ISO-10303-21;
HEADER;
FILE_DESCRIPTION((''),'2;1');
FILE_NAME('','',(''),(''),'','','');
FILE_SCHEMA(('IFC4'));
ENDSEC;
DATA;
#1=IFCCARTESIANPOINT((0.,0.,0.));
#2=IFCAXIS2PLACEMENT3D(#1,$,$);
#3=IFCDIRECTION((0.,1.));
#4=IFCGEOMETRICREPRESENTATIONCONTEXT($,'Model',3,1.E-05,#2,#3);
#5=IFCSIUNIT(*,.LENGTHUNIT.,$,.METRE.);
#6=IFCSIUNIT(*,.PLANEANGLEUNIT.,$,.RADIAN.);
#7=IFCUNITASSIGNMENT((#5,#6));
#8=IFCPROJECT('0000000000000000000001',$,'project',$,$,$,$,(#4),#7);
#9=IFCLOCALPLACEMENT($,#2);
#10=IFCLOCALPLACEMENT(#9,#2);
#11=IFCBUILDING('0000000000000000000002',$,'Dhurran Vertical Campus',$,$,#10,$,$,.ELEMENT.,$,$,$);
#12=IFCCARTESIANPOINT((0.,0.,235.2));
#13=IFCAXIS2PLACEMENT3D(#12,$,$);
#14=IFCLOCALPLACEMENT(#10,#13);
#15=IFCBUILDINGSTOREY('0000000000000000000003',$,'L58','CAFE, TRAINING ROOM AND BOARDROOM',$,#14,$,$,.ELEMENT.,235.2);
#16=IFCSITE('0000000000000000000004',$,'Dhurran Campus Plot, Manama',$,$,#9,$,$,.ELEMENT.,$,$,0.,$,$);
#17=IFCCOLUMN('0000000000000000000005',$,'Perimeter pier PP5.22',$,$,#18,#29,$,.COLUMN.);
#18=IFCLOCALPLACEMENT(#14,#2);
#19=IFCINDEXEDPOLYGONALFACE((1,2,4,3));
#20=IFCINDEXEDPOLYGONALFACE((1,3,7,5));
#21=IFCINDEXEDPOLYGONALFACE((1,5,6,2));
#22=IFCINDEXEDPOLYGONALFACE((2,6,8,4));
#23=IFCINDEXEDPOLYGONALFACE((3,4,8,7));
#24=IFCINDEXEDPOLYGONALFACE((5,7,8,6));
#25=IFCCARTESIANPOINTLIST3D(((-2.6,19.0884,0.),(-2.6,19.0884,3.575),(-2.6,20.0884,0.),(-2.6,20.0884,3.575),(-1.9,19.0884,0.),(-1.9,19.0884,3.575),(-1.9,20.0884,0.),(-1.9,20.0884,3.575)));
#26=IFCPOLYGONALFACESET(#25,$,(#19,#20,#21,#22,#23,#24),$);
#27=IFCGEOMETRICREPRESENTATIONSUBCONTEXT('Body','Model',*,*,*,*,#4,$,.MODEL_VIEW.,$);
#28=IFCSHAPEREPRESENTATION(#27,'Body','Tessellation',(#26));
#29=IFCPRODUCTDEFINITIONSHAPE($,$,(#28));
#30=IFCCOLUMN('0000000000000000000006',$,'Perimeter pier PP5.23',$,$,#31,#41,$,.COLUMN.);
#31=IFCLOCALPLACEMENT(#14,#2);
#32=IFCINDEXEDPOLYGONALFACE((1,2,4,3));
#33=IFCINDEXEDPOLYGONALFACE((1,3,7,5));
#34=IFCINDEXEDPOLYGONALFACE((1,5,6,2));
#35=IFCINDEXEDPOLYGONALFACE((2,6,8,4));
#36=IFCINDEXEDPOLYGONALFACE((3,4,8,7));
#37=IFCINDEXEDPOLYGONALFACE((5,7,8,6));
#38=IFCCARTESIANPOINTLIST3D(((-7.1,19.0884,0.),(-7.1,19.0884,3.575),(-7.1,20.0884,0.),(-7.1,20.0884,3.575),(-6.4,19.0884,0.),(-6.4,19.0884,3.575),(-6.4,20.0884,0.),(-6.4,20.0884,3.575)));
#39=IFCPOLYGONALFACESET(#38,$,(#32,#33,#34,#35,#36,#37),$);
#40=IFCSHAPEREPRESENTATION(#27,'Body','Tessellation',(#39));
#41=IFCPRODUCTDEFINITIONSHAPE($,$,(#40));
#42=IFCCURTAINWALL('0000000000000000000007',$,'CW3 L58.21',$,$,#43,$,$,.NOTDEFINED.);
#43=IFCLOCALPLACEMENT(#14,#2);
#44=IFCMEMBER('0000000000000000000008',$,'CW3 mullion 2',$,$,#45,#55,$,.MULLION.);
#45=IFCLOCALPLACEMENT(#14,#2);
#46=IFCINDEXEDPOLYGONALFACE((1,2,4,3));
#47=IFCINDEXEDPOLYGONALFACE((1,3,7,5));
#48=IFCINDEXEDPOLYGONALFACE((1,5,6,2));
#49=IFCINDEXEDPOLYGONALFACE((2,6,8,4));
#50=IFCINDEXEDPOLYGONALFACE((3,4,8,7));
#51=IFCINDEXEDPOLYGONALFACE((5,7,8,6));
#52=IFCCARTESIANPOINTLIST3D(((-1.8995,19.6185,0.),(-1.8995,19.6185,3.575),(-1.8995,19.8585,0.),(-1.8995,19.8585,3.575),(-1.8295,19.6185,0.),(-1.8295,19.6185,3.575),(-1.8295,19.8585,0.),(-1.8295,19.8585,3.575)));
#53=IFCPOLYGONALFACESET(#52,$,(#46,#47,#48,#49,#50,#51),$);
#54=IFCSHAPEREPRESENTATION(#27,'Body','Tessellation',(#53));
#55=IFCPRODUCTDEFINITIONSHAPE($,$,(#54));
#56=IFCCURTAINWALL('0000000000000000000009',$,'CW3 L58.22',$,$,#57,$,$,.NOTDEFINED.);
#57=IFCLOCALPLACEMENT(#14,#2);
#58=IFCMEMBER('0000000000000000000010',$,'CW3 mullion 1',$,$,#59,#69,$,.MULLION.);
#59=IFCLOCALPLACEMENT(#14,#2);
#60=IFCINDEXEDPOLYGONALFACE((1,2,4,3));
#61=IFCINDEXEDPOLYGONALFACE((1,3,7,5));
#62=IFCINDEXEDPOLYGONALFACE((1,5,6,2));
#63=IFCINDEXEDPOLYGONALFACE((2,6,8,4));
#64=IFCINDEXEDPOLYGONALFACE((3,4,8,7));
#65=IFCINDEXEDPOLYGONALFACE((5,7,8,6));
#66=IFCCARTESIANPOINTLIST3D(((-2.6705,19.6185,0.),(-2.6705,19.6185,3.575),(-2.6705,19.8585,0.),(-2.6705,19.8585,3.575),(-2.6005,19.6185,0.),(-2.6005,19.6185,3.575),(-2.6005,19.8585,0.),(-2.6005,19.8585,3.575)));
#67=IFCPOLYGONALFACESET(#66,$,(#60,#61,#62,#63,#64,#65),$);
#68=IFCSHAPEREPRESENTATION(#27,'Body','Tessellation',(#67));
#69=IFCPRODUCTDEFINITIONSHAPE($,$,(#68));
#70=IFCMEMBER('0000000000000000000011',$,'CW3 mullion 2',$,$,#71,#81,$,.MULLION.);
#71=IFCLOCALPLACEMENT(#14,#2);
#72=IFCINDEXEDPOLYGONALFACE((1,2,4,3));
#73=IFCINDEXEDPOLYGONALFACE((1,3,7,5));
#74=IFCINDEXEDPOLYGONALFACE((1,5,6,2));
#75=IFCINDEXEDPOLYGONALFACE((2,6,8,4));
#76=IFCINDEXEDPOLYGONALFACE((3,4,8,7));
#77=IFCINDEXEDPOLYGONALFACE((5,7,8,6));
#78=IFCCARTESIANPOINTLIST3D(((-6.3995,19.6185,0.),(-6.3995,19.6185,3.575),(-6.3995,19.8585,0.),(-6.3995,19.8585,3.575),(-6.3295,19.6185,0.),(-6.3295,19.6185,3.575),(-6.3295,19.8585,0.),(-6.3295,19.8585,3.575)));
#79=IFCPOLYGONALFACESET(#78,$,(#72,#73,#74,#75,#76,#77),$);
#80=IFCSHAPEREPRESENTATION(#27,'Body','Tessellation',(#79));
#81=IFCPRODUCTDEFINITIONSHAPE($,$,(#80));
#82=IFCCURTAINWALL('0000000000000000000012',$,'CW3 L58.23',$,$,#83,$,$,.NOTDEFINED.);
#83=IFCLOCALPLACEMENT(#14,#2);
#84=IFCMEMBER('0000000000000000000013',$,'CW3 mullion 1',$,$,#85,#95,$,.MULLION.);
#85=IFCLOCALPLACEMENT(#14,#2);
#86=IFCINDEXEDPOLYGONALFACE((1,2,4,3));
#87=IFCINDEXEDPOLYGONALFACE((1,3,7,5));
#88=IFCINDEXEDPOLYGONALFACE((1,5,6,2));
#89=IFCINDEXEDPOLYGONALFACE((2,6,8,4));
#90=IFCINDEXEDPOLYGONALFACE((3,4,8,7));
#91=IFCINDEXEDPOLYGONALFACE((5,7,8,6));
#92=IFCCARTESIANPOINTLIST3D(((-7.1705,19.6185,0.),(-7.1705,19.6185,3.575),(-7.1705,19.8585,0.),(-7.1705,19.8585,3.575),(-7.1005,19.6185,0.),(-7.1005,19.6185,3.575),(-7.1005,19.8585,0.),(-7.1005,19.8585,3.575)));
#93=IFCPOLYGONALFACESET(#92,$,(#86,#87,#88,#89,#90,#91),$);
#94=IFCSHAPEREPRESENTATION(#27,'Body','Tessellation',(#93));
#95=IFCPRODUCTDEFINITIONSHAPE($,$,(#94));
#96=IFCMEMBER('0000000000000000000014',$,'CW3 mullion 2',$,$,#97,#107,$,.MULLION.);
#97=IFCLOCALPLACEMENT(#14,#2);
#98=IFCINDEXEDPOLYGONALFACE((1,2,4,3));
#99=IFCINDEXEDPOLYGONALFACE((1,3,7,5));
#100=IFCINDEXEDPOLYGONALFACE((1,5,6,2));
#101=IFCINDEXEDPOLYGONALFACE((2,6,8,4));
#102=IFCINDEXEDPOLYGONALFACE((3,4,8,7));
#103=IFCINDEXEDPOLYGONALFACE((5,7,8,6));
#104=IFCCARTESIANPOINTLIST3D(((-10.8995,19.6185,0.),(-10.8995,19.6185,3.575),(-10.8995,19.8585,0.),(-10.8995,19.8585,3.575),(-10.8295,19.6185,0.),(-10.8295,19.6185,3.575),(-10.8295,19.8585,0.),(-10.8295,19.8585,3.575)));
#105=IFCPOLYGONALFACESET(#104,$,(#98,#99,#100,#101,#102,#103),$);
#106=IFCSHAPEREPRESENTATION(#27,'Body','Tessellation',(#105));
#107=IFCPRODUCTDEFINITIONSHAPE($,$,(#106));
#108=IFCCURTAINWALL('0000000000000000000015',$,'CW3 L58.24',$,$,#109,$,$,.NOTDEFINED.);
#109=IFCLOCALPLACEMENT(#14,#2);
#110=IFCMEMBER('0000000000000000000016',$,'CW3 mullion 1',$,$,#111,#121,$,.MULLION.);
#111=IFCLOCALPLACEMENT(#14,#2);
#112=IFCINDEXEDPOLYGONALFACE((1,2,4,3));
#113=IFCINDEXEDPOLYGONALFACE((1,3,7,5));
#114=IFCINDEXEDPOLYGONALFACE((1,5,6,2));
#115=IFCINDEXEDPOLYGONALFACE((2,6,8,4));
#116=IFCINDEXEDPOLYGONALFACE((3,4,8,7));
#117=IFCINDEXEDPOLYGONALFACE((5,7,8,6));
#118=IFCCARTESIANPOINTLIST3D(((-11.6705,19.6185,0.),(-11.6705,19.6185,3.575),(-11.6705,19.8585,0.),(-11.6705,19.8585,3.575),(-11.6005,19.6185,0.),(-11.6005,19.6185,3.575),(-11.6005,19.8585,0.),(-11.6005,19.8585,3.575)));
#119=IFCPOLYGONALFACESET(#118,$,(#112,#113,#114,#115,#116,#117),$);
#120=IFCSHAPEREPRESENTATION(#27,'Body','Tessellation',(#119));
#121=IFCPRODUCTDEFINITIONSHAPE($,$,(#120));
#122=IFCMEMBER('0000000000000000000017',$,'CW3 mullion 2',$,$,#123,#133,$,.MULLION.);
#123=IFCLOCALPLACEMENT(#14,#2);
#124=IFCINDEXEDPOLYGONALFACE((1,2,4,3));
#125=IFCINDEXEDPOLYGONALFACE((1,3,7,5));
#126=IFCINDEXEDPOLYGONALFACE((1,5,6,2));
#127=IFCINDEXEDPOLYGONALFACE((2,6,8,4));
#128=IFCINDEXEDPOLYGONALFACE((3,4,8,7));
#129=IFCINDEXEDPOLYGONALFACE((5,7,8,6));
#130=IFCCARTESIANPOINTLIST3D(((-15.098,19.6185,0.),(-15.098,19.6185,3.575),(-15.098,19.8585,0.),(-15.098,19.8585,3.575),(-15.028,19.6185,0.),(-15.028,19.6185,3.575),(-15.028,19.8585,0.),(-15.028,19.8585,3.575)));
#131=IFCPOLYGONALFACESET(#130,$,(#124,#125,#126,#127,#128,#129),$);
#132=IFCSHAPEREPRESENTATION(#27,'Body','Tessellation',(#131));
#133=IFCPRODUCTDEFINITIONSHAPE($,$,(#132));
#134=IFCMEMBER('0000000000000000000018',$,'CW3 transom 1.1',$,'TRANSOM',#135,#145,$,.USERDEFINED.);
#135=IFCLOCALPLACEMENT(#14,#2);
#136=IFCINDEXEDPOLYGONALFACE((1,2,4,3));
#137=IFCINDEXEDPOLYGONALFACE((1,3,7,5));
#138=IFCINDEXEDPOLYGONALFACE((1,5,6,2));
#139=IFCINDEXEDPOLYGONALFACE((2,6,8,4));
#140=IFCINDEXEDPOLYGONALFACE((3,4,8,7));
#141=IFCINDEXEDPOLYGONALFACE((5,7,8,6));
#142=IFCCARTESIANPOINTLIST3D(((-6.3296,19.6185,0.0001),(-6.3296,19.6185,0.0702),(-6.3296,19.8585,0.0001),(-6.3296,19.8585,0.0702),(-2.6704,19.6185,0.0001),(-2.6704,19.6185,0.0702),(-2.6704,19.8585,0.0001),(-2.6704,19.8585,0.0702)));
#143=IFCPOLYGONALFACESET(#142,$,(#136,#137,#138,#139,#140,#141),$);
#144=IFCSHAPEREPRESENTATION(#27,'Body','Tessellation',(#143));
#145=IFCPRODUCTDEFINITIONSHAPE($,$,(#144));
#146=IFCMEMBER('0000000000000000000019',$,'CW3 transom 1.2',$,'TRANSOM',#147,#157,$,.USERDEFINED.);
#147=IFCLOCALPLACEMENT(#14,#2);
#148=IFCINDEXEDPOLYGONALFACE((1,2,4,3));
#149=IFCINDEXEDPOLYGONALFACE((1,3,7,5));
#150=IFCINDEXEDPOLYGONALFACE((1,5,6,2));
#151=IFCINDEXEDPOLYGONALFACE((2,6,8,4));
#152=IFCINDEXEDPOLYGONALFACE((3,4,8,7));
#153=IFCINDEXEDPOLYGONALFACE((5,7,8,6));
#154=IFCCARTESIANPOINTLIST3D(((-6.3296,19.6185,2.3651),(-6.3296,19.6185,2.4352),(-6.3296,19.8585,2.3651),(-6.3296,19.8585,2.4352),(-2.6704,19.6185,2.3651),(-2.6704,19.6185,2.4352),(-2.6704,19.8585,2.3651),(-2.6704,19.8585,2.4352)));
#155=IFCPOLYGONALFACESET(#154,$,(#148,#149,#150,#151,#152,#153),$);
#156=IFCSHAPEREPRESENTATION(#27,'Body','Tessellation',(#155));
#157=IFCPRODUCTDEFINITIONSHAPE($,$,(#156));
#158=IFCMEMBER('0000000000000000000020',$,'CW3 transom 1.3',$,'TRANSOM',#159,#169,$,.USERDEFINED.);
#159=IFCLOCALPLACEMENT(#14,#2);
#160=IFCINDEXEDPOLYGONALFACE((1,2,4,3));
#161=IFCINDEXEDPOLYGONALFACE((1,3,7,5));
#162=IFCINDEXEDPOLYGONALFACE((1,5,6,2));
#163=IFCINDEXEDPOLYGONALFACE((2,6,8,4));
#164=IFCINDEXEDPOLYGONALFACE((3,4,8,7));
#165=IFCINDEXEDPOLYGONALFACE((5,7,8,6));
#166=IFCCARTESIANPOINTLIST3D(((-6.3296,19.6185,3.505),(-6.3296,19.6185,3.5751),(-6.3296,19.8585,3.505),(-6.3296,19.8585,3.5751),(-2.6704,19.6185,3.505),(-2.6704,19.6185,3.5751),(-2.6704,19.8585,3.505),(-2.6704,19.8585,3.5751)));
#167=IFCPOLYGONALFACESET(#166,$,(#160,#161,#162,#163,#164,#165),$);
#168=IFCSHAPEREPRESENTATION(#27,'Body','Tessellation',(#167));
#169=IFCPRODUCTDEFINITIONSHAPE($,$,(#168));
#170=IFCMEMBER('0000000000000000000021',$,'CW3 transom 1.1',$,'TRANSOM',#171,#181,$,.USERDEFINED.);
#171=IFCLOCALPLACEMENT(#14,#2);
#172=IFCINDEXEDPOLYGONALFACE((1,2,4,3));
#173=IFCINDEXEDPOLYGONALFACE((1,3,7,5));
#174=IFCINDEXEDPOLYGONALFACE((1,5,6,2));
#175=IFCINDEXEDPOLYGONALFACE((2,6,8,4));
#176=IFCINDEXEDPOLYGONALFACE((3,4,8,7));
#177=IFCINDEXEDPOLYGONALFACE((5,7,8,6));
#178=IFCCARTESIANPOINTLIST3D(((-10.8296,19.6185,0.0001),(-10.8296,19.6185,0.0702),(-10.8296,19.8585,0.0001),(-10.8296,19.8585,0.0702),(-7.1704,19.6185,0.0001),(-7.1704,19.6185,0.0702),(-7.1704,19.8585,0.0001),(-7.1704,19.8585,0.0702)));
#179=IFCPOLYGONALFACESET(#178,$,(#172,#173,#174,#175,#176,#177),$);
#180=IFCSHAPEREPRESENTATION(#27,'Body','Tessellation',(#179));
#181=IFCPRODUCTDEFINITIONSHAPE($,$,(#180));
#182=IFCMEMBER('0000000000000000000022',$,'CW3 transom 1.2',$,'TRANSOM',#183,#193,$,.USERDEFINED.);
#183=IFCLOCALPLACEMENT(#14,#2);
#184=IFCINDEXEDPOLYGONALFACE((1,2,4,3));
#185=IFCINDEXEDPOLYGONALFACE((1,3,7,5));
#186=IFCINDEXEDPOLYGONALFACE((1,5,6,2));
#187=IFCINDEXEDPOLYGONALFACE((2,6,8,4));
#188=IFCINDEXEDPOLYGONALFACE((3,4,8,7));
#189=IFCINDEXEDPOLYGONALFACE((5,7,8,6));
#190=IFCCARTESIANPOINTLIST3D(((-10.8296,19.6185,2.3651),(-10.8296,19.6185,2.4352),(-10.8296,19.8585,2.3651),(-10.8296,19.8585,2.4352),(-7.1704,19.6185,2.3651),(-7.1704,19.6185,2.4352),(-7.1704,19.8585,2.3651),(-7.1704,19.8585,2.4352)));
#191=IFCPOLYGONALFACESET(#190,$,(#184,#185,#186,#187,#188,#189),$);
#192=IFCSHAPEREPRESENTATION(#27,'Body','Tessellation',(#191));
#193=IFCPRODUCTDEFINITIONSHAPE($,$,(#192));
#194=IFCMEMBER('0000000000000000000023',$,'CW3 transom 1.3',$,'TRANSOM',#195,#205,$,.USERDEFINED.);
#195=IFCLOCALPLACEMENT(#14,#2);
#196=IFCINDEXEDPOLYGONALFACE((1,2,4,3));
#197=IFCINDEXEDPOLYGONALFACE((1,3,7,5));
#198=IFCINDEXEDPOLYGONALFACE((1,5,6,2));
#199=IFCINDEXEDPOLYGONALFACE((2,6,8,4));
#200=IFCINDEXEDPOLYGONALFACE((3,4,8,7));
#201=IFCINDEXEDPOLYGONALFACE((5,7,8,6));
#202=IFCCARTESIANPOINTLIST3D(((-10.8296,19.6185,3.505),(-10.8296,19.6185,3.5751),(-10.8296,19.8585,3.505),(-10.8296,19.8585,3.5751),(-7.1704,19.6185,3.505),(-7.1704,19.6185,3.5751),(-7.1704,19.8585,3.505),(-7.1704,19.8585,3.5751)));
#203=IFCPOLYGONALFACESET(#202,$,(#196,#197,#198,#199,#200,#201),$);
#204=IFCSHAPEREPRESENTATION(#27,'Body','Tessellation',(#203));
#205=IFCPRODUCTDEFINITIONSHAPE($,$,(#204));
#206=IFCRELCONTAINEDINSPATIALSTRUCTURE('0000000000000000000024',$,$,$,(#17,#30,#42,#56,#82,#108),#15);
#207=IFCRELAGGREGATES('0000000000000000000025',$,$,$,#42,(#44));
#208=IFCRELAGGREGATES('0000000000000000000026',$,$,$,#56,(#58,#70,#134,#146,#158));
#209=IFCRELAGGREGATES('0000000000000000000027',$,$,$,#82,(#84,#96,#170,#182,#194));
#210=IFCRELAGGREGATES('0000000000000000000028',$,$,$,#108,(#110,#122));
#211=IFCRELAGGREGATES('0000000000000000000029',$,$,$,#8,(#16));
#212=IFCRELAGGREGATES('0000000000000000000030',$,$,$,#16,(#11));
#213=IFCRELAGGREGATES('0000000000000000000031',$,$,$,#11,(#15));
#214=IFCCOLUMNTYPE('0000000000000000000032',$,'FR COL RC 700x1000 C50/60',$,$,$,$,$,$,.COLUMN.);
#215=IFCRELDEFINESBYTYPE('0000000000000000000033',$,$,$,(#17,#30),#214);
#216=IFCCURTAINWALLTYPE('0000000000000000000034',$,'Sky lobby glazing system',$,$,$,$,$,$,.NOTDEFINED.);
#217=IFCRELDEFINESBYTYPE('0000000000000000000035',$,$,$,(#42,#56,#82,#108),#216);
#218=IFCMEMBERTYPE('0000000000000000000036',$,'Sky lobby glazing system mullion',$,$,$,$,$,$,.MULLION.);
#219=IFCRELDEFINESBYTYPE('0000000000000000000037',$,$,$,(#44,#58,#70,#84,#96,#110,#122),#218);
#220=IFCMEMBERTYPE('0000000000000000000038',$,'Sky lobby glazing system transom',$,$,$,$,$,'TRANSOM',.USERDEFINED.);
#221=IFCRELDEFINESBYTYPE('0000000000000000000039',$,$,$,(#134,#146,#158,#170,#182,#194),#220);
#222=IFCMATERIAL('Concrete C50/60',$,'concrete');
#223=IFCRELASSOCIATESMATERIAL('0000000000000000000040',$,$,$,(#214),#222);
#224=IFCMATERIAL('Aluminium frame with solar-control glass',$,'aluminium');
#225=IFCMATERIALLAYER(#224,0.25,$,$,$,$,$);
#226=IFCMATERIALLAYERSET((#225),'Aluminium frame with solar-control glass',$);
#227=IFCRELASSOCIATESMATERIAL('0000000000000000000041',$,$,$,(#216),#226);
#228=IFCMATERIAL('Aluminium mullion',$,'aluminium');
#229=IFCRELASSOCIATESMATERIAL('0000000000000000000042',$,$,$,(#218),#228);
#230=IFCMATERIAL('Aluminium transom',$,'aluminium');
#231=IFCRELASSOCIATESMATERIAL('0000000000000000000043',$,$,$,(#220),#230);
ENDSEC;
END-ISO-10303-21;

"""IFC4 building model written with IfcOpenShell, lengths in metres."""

from ifc_helpers import new_model, si_unit, direction, frame, origin, origin_2d, place, context, subcontext, project, spatial, rectangle, extrude, material, layer, layer_set, material_profile, profile_set, type_object, element, aggregate, save


model = new_model("IFC4")

# Units and contexts
model_context = context("Model", 3, precision=1e-05, world=origin(), true_north=direction((0.0, 1.0)))
body_context = subcontext(model_context, "Body", "Model", "MODEL_VIEW")
ifc_project = project(units=[si_unit("LENGTHUNIT", "METRE"), si_unit("PLANEANGLEUNIT", "RADIAN")], contexts=[model_context])

# Site, building, storey
site_placement = place(None, origin())
site = spatial("IfcSite", under=ifc_project, at=site_placement, Name="Dhurran Campus Plot, Manama", CompositionType="ELEMENT", RefElevation=0.0)
building_placement = place(site_placement, origin())
building = spatial("IfcBuilding", under=site, at=building_placement, Name="Dhurran Vertical Campus", CompositionType="ELEMENT")
storey_placement = place(building_placement, frame((0.0, 0.0, 235.2)))
storey = spatial("IfcBuildingStorey", under=building, at=storey_placement, Name="L58", Description="CAFE, TRAINING ROOM AND BOARDROOM", CompositionType="ELEMENT", Elevation=235.2)

# Columns
ifc_material_1 = material(Name="Concrete C50/60", Category="concrete")
ifc_material_profile_1 = material_profile(ifc_material_1, rectangle(XDim=0.7, YDim=1.0, at=origin_2d()), Name="RC 700x1000")
ifc_profile_set_1 = profile_set([ifc_material_profile_1], Name="Concrete C50/60")
column_type = type_object("IfcColumnType", Name="FR COL RC 700x1000 C50/60", PredefinedType="COLUMN", material=ifc_profile_set_1)
for number, where, z_axis, x_axis, name in (
    (1, (-2.25, 19.5884, 0.0), (0.0, 0.0, 1.0), (-1.0, 0.0, 0.0), "Perimeter pier PP5.22"),
    (2, (-6.75, 19.5884, 0.0), (0.0, 0.0, 1.0), (-1.0, 0.0, 0.0), "Perimeter pier PP5.23"),
):
    element("IfcColumn", number, at=place(storey_placement, frame(where, z_axis=z_axis, x_axis=x_axis)), inside=storey, type_object=column_type, Name=name, PredefinedType="COLUMN", context=body_context, shape_type="SweptSolid", body=[
        extrude(rectangle(XDim=0.7, YDim=1.0, at=origin_2d()), origin(), (0.0, 0.0, 1.0), 3.575),
    ])

# Curtain wall, member
ifc_material_2 = material(Name="Aluminium frame with solar-control glass", Category="aluminium")
ifc_layer_1 = layer(ifc_material_2, 0.25)
ifc_layer_set_1 = layer_set([ifc_layer_1], Name="Aluminium frame with solar-control glass")
curtain_wall_type = type_object("IfcCurtainWallType", Name="Sky lobby glazing system", PredefinedType="NOTDEFINED", material=ifc_layer_set_1)
curtain_wall_1_placement = place(storey_placement, origin())
curtain_wall_1 = element("IfcCurtainWall", 3, at=curtain_wall_1_placement, inside=storey, type_object=curtain_wall_type, Name="CW3 L58.21", PredefinedType="NOTDEFINED")
ifc_material_3 = material(Name="Aluminium mullion", Category="aluminium")
ifc_material_profile_2 = material_profile(ifc_material_3, rectangle(XDim=0.24, YDim=0.0701, at=origin_2d()), Name="Sky lobby glazing system mullion")
ifc_profile_set_2 = profile_set([ifc_material_profile_2], Name="Aluminium mullion")
member_type_1 = type_object("IfcMemberType", Name="Sky lobby glazing system mullion", PredefinedType="MULLION", material=ifc_profile_set_2)
member_1_placement = place(storey_placement, frame((-1.8645, 19.7385, 0.0), z_axis=(0.0, 0.0, 1.0), x_axis=(0.0, -1.0, 0.0)))
member_1 = element("IfcMember", 4, at=member_1_placement, type_object=member_type_1, Name="CW3 mullion 2", PredefinedType="MULLION", context=body_context, shape_type="SweptSolid", body=[
    extrude(rectangle(XDim=0.24, YDim=0.0701, at=origin_2d()), origin(), (0.0, 0.0, 1.0), 3.575),
])

# Curtain walls, members
curtain_wall_2_placement = place(storey_placement, origin())
curtain_wall_2 = element("IfcCurtainWall", 5, at=curtain_wall_2_placement, inside=storey, type_object=curtain_wall_type, Name="CW3 L58.22", PredefinedType="NOTDEFINED")
member_2_placement = place(storey_placement, frame((-2.6355, 19.7385, 0.0), z_axis=(0.0, 0.0, 1.0), x_axis=(0.0, -1.0, 0.0)))
member_2 = element("IfcMember", 6, at=member_2_placement, type_object=member_type_1, Name="CW3 mullion 1", PredefinedType="MULLION", context=body_context, shape_type="SweptSolid", body=[
    extrude(rectangle(XDim=0.24, YDim=0.0701, at=origin_2d()), origin(), (0.0, 0.0, 1.0), 3.575),
])
member_3_placement = place(storey_placement, frame((-6.3645, 19.7385, 0.0), z_axis=(0.0, 0.0, 1.0), x_axis=(0.0, -1.0, 0.0)))
member_3 = element("IfcMember", 7, at=member_3_placement, type_object=member_type_1, Name="CW3 mullion 2", PredefinedType="MULLION", context=body_context, shape_type="SweptSolid", body=[
    extrude(rectangle(XDim=0.24, YDim=0.0701, at=origin_2d()), origin(), (0.0, 0.0, 1.0), 3.575),
])
curtain_wall_3_placement = place(storey_placement, origin())
curtain_wall_3 = element("IfcCurtainWall", 8, at=curtain_wall_3_placement, inside=storey, type_object=curtain_wall_type, Name="CW3 L58.23", PredefinedType="NOTDEFINED")
member_4_placement = place(storey_placement, frame((-7.1355, 19.7385, 0.0), z_axis=(0.0, 0.0, 1.0), x_axis=(0.0, -1.0, 0.0)))
member_4 = element("IfcMember", 9, at=member_4_placement, type_object=member_type_1, Name="CW3 mullion 1", PredefinedType="MULLION", context=body_context, shape_type="SweptSolid", body=[
    extrude(rectangle(XDim=0.24, YDim=0.0701, at=origin_2d()), origin(), (0.0, 0.0, 1.0), 3.575),
])
member_5_placement = place(storey_placement, frame((-10.8645, 19.7385, 0.0), z_axis=(0.0, 0.0, 1.0), x_axis=(0.0, -1.0, 0.0)))
member_5 = element("IfcMember", 10, at=member_5_placement, type_object=member_type_1, Name="CW3 mullion 2", PredefinedType="MULLION", context=body_context, shape_type="SweptSolid", body=[
    extrude(rectangle(XDim=0.24, YDim=0.0701, at=origin_2d()), origin(), (0.0, 0.0, 1.0), 3.575),
])
curtain_wall_4_placement = place(storey_placement, origin())
curtain_wall_4 = element("IfcCurtainWall", 11, at=curtain_wall_4_placement, inside=storey, type_object=curtain_wall_type, Name="CW3 L58.24", PredefinedType="NOTDEFINED")
member_6_placement = place(storey_placement, frame((-11.6355, 19.7385, 0.0), z_axis=(0.0, 0.0, 1.0), x_axis=(0.0, -1.0, 0.0)))
member_6 = element("IfcMember", 12, at=member_6_placement, type_object=member_type_1, Name="CW3 mullion 1", PredefinedType="MULLION", context=body_context, shape_type="SweptSolid", body=[
    extrude(rectangle(XDim=0.24, YDim=0.0701, at=origin_2d()), origin(), (0.0, 0.0, 1.0), 3.575),
])
member_7_placement = place(storey_placement, frame((-15.063, 19.7385, 0.0), z_axis=(0.0, 0.0, 1.0), x_axis=(0.0, -1.0, 0.0)))
member_7 = element("IfcMember", 13, at=member_7_placement, type_object=member_type_1, Name="CW3 mullion 2", PredefinedType="MULLION", context=body_context, shape_type="SweptSolid", body=[
    extrude(rectangle(XDim=0.24, YDim=0.0701, at=origin_2d()), origin(), (0.0, 0.0, 1.0), 3.575),
])

# Members
ifc_material_4 = material(Name="Aluminium transom", Category="aluminium")
ifc_material_profile_3 = material_profile(ifc_material_4, rectangle(XDim=0.24, YDim=0.0701, at=origin_2d()), Name="Sky lobby glazing system transom")
ifc_profile_set_3 = profile_set([ifc_material_profile_3], Name="Aluminium transom")
member_type_2 = type_object("IfcMemberType", Name="Sky lobby glazing system transom", ElementType="TRANSOM", PredefinedType="USERDEFINED", material=ifc_profile_set_3)
member_8_placement = place(storey_placement, frame((-2.6704, 19.7385, 0.0352), z_axis=(-1.0, 0.0, 0.0), x_axis=(0.0, -1.0, 0.0)))
member_8 = element("IfcMember", 14, at=member_8_placement, type_object=member_type_2, Name="CW3 transom 1.1", ObjectType="TRANSOM", PredefinedType="USERDEFINED", context=body_context, shape_type="SweptSolid", body=[
    extrude(rectangle(XDim=0.24, YDim=0.0701, at=origin_2d()), origin(), (0.0, 0.0, 1.0), 3.6592),
])
member_9_placement = place(storey_placement, frame((-2.6704, 19.7385, 2.4001), z_axis=(-1.0, 0.0, 0.0), x_axis=(0.0, -1.0, 0.0)))
member_9 = element("IfcMember", 15, at=member_9_placement, type_object=member_type_2, Name="CW3 transom 1.2", ObjectType="TRANSOM", PredefinedType="USERDEFINED", context=body_context, shape_type="SweptSolid", body=[
    extrude(rectangle(XDim=0.24, YDim=0.0701, at=origin_2d()), origin(), (0.0, 0.0, 1.0), 3.6592),
])
member_10_placement = place(storey_placement, frame((-2.6704, 19.7385, 3.54), z_axis=(-1.0, 0.0, 0.0), x_axis=(0.0, -1.0, 0.0)))
member_10 = element("IfcMember", 16, at=member_10_placement, type_object=member_type_2, Name="CW3 transom 1.3", ObjectType="TRANSOM", PredefinedType="USERDEFINED", context=body_context, shape_type="SweptSolid", body=[
    extrude(rectangle(XDim=0.24, YDim=0.0701, at=origin_2d()), origin(), (0.0, 0.0, 1.0), 3.6592),
])
member_11_placement = place(storey_placement, frame((-7.1704, 19.7385, 0.0352), z_axis=(-1.0, 0.0, 0.0), x_axis=(0.0, -1.0, 0.0)))
member_11 = element("IfcMember", 17, at=member_11_placement, type_object=member_type_2, Name="CW3 transom 1.1", ObjectType="TRANSOM", PredefinedType="USERDEFINED", context=body_context, shape_type="SweptSolid", body=[
    extrude(rectangle(XDim=0.24, YDim=0.0701, at=origin_2d()), origin(), (0.0, 0.0, 1.0), 3.6592),
])
member_12_placement = place(storey_placement, frame((-7.1704, 19.7385, 2.4001), z_axis=(-1.0, 0.0, 0.0), x_axis=(0.0, -1.0, 0.0)))
member_12 = element("IfcMember", 18, at=member_12_placement, type_object=member_type_2, Name="CW3 transom 1.2", ObjectType="TRANSOM", PredefinedType="USERDEFINED", context=body_context, shape_type="SweptSolid", body=[
    extrude(rectangle(XDim=0.24, YDim=0.0701, at=origin_2d()), origin(), (0.0, 0.0, 1.0), 3.6592),
])
member_13_placement = place(storey_placement, frame((-7.1704, 19.7385, 3.54), z_axis=(-1.0, 0.0, 0.0), x_axis=(0.0, -1.0, 0.0)))
member_13 = element("IfcMember", 19, at=member_13_placement, type_object=member_type_2, Name="CW3 transom 1.3", ObjectType="TRANSOM", PredefinedType="USERDEFINED", context=body_context, shape_type="SweptSolid", body=[
    extrude(rectangle(XDim=0.24, YDim=0.0701, at=origin_2d()), origin(), (0.0, 0.0, 1.0), 3.6592),
])

aggregate(curtain_wall_1, [member_1])
aggregate(curtain_wall_2, [member_2, member_3, member_8, member_9, member_10])
aggregate(curtain_wall_3, [member_4, member_5, member_11, member_12, member_13])
aggregate(curtain_wall_4, [member_6, member_7])

save(model, "model.ifc")
